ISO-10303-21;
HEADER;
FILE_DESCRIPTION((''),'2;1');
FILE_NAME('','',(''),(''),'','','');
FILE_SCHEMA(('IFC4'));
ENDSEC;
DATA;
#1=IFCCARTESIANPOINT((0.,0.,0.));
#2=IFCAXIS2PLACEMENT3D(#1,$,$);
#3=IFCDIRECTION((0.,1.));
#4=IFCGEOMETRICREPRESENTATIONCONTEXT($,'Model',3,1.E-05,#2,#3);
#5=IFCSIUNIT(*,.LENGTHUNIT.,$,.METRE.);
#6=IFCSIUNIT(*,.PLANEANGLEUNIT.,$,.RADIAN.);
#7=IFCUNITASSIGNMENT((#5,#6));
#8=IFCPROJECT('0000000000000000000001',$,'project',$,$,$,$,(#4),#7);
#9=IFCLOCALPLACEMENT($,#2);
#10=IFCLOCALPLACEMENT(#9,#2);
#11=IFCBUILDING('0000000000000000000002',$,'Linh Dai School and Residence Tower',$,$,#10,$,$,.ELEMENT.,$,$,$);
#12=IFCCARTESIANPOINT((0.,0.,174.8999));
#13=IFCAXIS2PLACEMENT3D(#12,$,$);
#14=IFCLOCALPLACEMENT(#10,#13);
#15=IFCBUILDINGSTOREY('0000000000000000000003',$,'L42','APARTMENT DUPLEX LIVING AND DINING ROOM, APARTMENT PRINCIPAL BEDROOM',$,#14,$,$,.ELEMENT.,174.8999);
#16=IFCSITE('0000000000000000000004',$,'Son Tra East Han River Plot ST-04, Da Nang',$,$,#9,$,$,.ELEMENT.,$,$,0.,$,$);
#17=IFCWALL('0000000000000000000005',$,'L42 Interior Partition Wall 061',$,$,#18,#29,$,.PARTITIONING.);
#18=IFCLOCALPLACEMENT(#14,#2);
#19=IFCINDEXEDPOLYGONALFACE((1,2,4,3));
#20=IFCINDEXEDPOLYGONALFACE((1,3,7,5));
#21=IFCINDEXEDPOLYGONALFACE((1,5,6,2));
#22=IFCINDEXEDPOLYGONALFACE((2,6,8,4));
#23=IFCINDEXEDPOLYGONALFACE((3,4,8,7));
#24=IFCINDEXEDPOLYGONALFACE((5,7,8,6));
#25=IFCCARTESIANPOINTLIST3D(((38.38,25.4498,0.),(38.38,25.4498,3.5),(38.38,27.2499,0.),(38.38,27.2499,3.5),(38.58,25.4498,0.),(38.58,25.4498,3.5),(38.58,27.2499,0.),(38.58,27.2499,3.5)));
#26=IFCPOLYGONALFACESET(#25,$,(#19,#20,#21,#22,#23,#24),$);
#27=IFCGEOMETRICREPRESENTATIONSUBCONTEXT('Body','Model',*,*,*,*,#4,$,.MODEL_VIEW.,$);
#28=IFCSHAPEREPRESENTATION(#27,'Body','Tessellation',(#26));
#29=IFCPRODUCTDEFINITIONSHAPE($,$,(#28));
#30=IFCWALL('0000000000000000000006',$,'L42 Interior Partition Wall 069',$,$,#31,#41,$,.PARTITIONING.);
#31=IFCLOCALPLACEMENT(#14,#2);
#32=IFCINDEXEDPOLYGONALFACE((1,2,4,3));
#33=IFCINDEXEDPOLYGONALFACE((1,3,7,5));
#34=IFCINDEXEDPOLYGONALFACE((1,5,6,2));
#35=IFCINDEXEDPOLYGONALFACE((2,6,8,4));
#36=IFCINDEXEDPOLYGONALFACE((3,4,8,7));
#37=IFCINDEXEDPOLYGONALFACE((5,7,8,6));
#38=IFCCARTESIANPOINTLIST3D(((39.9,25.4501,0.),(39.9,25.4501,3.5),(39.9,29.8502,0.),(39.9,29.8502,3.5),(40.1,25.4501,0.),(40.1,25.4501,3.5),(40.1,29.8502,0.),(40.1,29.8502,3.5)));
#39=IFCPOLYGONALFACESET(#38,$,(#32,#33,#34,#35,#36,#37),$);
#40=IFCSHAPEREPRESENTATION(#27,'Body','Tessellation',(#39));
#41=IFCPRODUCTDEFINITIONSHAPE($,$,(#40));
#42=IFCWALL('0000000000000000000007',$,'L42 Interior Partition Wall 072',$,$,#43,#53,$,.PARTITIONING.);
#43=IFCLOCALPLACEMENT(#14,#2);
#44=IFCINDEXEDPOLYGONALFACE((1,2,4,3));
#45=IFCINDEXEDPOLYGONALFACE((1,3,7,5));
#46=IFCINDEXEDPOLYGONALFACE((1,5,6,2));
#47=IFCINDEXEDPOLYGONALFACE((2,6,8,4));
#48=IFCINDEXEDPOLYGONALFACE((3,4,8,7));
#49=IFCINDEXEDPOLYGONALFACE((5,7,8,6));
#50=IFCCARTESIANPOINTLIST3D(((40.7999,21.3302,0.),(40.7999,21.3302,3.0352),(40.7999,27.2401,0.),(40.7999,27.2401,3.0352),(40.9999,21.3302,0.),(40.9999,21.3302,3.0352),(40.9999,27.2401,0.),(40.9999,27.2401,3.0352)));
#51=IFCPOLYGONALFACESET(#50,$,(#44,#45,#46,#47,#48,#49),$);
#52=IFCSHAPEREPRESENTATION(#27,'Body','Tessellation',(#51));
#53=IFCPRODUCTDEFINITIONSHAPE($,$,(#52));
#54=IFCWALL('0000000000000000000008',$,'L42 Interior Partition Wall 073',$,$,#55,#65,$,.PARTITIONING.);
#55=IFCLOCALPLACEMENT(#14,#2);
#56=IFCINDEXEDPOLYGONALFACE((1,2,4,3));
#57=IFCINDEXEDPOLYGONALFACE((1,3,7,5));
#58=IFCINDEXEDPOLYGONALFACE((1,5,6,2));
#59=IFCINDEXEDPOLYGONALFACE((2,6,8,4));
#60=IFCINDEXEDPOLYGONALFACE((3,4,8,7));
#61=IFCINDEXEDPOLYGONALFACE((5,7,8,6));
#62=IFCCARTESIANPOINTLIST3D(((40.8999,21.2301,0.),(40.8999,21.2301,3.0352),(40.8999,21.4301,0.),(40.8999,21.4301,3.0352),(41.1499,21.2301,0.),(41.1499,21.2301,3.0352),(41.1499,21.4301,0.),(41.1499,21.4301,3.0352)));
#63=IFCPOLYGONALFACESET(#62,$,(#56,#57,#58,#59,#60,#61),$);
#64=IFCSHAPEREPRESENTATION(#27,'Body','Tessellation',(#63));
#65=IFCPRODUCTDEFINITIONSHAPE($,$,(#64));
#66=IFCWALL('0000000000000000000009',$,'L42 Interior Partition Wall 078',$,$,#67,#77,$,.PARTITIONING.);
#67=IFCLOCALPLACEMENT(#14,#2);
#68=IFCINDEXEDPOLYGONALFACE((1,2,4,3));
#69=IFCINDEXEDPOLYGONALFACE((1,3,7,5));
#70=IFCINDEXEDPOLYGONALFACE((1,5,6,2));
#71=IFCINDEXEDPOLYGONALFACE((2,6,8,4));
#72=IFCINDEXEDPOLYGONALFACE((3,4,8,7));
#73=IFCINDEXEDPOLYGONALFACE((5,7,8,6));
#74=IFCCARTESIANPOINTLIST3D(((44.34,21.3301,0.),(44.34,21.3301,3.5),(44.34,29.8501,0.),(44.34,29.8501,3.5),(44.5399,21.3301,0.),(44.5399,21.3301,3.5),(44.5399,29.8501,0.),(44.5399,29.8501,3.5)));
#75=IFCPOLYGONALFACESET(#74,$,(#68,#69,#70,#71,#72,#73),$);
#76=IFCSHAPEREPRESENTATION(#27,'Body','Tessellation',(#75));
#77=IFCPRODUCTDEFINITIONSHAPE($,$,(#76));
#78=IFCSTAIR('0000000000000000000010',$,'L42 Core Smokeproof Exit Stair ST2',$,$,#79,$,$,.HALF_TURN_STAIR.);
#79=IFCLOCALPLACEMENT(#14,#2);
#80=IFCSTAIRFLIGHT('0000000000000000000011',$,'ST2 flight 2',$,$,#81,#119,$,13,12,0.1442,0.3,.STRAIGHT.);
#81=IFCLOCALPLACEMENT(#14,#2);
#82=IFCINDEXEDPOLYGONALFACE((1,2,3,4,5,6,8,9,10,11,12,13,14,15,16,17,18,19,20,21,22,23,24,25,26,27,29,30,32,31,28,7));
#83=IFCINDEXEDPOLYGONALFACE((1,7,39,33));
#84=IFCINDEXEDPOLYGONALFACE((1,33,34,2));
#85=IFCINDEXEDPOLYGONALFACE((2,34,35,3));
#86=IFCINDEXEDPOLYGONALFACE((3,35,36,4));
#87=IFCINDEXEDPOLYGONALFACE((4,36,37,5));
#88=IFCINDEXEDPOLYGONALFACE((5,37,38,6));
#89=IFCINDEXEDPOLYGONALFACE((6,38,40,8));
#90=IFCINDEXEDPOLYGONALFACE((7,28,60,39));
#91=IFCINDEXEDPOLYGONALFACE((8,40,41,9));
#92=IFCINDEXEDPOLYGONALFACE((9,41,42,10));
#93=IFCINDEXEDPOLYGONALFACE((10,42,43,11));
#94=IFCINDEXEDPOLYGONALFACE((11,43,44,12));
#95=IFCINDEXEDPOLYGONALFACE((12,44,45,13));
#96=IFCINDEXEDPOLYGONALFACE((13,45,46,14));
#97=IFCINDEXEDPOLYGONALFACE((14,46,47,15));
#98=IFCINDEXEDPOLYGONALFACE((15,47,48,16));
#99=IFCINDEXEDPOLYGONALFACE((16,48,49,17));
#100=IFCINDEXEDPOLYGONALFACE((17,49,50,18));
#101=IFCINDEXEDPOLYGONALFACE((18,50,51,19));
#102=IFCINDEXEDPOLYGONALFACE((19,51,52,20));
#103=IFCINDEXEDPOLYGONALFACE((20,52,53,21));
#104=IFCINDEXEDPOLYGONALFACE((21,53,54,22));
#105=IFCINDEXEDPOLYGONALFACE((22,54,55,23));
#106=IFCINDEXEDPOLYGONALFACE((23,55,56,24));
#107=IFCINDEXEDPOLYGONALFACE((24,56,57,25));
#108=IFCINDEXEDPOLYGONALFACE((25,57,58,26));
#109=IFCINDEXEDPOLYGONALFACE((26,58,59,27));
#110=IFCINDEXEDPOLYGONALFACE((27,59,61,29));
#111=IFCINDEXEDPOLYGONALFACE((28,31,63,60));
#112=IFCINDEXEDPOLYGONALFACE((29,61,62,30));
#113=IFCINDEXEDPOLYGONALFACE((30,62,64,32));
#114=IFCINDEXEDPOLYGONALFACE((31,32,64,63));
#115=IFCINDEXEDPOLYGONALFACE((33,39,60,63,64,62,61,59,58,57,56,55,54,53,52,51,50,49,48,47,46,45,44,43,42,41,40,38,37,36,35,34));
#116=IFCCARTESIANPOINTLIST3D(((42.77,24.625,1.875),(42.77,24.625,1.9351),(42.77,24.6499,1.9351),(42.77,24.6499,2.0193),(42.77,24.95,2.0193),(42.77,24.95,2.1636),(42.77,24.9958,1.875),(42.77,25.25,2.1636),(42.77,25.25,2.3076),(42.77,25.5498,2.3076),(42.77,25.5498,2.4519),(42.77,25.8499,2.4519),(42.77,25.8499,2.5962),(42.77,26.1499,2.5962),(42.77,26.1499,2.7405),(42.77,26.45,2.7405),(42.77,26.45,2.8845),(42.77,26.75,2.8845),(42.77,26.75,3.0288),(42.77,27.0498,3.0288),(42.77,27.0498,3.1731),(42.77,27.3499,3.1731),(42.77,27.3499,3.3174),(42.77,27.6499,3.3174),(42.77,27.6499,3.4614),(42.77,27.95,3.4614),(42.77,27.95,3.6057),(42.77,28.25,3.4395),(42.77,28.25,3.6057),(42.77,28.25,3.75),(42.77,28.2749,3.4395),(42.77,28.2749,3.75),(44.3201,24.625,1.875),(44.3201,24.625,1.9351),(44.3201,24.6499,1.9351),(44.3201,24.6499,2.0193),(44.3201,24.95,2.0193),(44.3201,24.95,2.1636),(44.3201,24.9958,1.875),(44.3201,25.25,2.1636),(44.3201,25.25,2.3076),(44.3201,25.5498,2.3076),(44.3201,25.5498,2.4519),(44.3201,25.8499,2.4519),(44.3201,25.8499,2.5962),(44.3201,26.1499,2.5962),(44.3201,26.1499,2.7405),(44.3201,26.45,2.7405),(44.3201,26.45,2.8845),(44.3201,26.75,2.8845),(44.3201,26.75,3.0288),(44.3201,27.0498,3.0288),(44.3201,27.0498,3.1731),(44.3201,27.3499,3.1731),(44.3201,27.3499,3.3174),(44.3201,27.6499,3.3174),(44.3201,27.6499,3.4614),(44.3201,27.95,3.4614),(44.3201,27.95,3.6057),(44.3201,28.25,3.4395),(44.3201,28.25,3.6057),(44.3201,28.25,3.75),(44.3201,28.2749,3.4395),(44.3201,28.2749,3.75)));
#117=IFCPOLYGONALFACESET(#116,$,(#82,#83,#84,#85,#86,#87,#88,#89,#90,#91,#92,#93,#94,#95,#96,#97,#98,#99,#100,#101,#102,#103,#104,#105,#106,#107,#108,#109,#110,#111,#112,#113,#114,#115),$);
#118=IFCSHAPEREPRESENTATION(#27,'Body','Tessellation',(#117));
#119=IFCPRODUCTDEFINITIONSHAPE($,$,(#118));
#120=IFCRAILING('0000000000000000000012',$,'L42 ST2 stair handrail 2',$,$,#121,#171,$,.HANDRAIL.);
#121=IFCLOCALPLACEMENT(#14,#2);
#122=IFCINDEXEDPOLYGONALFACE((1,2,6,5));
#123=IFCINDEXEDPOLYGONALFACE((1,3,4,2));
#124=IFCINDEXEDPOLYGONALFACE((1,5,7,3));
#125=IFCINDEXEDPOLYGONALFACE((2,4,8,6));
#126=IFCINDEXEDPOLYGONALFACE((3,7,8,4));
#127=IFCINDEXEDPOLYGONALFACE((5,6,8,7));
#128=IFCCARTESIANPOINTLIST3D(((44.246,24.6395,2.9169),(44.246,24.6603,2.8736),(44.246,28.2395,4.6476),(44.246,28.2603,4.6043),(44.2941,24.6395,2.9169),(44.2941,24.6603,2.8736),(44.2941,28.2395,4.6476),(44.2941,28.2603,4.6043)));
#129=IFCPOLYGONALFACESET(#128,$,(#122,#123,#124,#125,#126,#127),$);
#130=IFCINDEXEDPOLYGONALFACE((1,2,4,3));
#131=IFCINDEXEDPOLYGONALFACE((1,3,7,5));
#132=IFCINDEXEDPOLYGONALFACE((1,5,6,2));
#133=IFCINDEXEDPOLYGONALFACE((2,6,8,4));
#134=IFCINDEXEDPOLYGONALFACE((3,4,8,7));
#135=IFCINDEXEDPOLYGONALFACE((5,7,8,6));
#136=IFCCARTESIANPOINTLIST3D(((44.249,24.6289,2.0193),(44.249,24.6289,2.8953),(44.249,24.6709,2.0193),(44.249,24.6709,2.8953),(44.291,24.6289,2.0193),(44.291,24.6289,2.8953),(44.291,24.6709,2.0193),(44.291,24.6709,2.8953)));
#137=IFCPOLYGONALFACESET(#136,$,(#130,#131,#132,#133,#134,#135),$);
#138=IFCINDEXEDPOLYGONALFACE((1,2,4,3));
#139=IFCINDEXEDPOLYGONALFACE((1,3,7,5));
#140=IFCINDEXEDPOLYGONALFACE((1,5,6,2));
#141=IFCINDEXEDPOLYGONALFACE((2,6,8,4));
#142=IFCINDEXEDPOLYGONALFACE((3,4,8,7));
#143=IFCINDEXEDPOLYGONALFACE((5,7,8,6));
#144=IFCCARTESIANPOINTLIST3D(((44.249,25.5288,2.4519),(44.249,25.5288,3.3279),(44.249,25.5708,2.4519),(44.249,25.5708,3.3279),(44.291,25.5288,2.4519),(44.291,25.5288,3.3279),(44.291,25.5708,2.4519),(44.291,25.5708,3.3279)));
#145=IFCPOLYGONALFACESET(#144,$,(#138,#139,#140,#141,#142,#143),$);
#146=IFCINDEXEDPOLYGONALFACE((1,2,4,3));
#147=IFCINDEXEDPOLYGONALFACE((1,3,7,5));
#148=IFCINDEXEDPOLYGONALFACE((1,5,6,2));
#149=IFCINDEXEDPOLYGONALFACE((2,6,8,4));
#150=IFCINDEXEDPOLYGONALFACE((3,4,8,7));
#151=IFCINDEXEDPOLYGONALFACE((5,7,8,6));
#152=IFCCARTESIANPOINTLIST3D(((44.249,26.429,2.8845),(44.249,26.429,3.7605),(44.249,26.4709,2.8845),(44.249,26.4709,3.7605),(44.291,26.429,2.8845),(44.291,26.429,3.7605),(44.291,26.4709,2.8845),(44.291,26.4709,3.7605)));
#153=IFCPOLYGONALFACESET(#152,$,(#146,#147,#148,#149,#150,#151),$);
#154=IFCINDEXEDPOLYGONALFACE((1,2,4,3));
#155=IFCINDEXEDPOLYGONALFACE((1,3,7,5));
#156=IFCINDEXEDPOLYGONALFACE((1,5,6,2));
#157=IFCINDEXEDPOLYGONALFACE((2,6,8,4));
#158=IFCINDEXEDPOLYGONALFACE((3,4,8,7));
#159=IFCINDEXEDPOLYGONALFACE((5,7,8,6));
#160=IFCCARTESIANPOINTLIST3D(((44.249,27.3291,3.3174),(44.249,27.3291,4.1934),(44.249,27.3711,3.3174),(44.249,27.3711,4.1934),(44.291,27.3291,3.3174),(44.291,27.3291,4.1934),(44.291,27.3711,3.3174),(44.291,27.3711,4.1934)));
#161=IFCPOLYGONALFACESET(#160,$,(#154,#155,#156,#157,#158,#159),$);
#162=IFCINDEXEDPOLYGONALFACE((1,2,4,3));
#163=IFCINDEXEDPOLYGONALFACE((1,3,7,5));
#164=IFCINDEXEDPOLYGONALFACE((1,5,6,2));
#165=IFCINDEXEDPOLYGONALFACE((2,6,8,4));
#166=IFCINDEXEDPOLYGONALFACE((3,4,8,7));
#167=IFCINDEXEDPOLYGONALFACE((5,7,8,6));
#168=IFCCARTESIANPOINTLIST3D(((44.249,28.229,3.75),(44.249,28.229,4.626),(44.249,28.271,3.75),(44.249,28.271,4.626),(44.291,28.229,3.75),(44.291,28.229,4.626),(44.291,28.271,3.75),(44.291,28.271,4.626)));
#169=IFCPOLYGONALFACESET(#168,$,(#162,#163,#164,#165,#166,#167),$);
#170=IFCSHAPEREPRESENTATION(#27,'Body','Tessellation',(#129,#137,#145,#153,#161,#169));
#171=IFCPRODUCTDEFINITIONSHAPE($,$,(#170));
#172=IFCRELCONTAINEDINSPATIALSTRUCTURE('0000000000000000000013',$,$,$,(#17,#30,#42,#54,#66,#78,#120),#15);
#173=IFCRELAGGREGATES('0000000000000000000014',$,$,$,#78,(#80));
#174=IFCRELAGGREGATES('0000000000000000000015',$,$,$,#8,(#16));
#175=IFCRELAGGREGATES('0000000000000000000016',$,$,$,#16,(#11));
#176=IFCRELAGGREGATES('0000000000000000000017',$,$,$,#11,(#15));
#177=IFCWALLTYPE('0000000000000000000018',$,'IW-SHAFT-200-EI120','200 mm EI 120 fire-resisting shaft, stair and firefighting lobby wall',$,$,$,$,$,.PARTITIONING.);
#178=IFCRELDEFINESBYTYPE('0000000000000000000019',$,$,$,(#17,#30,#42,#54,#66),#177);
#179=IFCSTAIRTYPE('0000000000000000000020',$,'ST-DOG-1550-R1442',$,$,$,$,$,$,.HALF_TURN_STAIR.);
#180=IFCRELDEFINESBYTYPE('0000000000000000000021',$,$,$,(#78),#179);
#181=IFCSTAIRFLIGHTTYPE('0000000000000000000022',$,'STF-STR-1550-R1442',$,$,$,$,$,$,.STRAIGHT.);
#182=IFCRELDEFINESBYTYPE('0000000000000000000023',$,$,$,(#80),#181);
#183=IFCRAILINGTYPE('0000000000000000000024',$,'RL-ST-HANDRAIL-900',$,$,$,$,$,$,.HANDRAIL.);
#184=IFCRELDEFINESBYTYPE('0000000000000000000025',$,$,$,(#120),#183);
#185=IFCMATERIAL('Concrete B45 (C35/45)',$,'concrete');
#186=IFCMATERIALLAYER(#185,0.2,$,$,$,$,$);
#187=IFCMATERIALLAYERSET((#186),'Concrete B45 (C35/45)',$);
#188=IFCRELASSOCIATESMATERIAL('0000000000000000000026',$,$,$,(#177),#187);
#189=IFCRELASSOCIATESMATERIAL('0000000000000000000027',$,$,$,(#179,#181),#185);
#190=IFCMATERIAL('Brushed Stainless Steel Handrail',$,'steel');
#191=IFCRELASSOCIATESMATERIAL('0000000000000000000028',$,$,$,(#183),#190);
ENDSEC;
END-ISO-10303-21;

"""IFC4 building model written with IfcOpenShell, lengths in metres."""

from ifc_helpers import new_model, si_unit, direction, frame, frame_2d, origin, origin_2d, place, context, subcontext, project, spatial, polyline, rectangle, outline, extrude, source, transform, mapped, material, layer, layer_set, type_object, element, aggregate, save


model = new_model("IFC4")

# Units and contexts
model_context = context("Model", 3, precision=1e-05, world=origin(), true_north=direction((0.0, 1.0)))
body_context = subcontext(model_context, "Body", "Model", "MODEL_VIEW")
ifc_project = project(units=[si_unit("LENGTHUNIT", "METRE"), si_unit("PLANEANGLEUNIT", "RADIAN")], contexts=[model_context])

# Site, building, storey
site_placement = place(None, origin())
site = spatial("IfcSite", under=ifc_project, at=site_placement, Name="Son Tra East Han River Plot ST-04, Da Nang", CompositionType="ELEMENT", RefElevation=0.0)
building_placement = place(site_placement, origin())
building = spatial("IfcBuilding", under=site, at=building_placement, Name="Linh Dai School and Residence Tower", CompositionType="ELEMENT")
storey_placement = place(building_placement, frame((0.0, 0.0, 174.8999)))
storey = spatial("IfcBuildingStorey", under=building, at=storey_placement, Name="L42", Description="APARTMENT DUPLEX LIVING AND DINING ROOM, APARTMENT PRINCIPAL BEDROOM", CompositionType="ELEMENT", Elevation=174.8999)

# Walls
ifc_material_1 = material(Name="Concrete B45 (C35/45)", Category="concrete")
ifc_layer_1 = layer(ifc_material_1, 0.2)
ifc_layer_set_1 = layer_set([ifc_layer_1], Name="Concrete B45 (C35/45)")
wall_type_1 = type_object("IfcWallType", Name="IW-SHAFT-200-EI120", Description="200 mm EI 120 fire-resisting shaft, stair and firefighting lobby wall", PredefinedType="PARTITIONING", material=ifc_layer_set_1)
for number, where, z_axis, x_axis, name in (
    (1, (38.48, 25.45, 0.0), (0.0, 0.0, 1.0), (0.0, 1.0, 0.0), "L42 Interior Partition Wall 061"),
):
    element("IfcWall", number, at=place(storey_placement, frame(where, z_axis=z_axis, x_axis=x_axis)), inside=storey, type_object=wall_type_1, Name=name, PredefinedType="PARTITIONING", context=body_context, shape_type="SweptSolid", body=[
        extrude(rectangle(XDim=1.8, YDim=0.2, at=frame_2d((0.8999, 0.0))), origin(), (0.0, 0.0, 1.0), 3.5),
    ])
wall_1_placement = place(storey_placement, frame((40.0, 25.45, 0.0), z_axis=(0.0, 0.0, 1.0), x_axis=(0.0, 1.0, 0.0)))
element("IfcWall", 2, at=wall_1_placement, inside=storey, type_object=wall_type_1, Name="L42 Interior Partition Wall 069", PredefinedType="PARTITIONING", context=body_context, shape_type="SweptSolid", body=[
    extrude(rectangle(XDim=4.4001, YDim=0.2, at=frame_2d((2.2002, 0.0))), origin(), (0.0, 0.0, 1.0), 3.5),
])
wall_2_placement = place(storey_placement, frame((40.8999, 21.3301, 0.0), z_axis=(0.0, 0.0, 1.0), x_axis=(0.0, 1.0, 0.0)))
element("IfcWall", 3, at=wall_2_placement, inside=storey, type_object=wall_type_1, Name="L42 Interior Partition Wall 072", PredefinedType="PARTITIONING", context=body_context, shape_type="SweptSolid", body=[
    extrude(rectangle(XDim=5.9099, YDim=0.2, at=frame_2d((2.9551, 0.0))), origin(), (0.0, 0.0, 1.0), 3.0352),
])
wall_3_placement = place(storey_placement, frame((40.8999, 21.3301, 0.0), z_axis=(0.0, 0.0, 1.0), x_axis=(1.0, 0.0, 0.0)))
element("IfcWall", 4, at=wall_3_placement, inside=storey, type_object=wall_type_1, Name="L42 Interior Partition Wall 073", PredefinedType="PARTITIONING", context=body_context, shape_type="SweptSolid", body=[
    extrude(rectangle(XDim=0.25, YDim=0.2, at=frame_2d((0.125, 0.0))), origin(), (0.0, 0.0, 1.0), 3.0352),
])
wall_4_placement = place(storey_placement, frame((44.4399, 21.3301, 0.0), z_axis=(0.0, 0.0, 1.0), x_axis=(0.0, 1.0, 0.0)))
element("IfcWall", 5, at=wall_4_placement, inside=storey, type_object=wall_type_1, Name="L42 Interior Partition Wall 078", PredefinedType="PARTITIONING", context=body_context, shape_type="SweptSolid", body=[
    extrude(rectangle(XDim=8.52, YDim=0.2, at=frame_2d((4.26, 0.0))), origin(), (0.0, 0.0, 1.0), 3.5),
])

# Stair, stair flight
stair_type = type_object("IfcStairType", Name="ST-DOG-1550-R1442", PredefinedType="HALF_TURN_STAIR", material=ifc_material_1)
stair_placement = place(storey_placement, origin())
stair = element("IfcStair", 6, at=stair_placement, inside=storey, type_object=stair_type, Name="L42 Core Smokeproof Exit Stair ST2", PredefinedType="HALF_TURN_STAIR")
stair_flight_type = type_object("IfcStairFlightType", Name="STF-STR-1550-R1442", PredefinedType="STRAIGHT", material=ifc_material_1)
shared_shape_1 = source(origin(), body_context, "Body", "SweptSolid", [
    extrude(outline(polyline([(-0.0249, 0.0), (-0.0249, 0.0601), (0.0, 0.0601), (0.0, 0.1443), (0.3, 0.1443), (0.3, 0.2886), (0.6001, 0.2886), (0.6001, 0.4326), (0.8999, 0.4326), (0.8999, 0.5769), (1.2, 0.5769), (1.2, 0.7212), (1.5, 0.7212), (1.5, 0.8655), (1.8, 0.8655), (1.8, 1.0095), (2.1001, 1.0095), (2.1001, 1.1538), (2.3999, 1.1538), (2.3999, 1.2981), (2.7, 1.2981), (2.7, 1.4424), (3.0, 1.4424), (3.0, 1.5864), (3.3, 1.5864), (3.3, 1.7307), (3.6001, 1.7307), (3.6001, 1.875), (3.625, 1.875), (3.625, 1.5645), (3.6001, 1.5645), (0.3459, 0.0), (-0.0249, 0.0)])), frame((0.0, 0.7749, 0.0), z_axis=(0.0, -1.0, 0.0), x_axis=(1.0, 0.0, 0.0)), (0.0, 0.0, 1.0), 1.55),
])
stair_flight_placement = place(storey_placement, frame((43.5449, 24.6499, 1.875), z_axis=(0.0, 0.0, 1.0), x_axis=(0.0, 1.0, 0.0)))
stair_flight = element("IfcStairFlight", 7, at=stair_flight_placement, type_object=stair_flight_type, Name="ST2 flight 2", NumberOfRisers=13, NumberOfTreads=12, PredefinedType="STRAIGHT", RiserHeight=0.1442, TreadLength=0.3, context=body_context, shape_type="MappedRepresentation", body=[
    mapped(shared_shape_1, transform((0.0, 0.0, 0.0), x_axis=(1.0, 0.0, 0.0), y_axis=(0.0, 1.0, 0.0), z_axis=(0.0, 0.0, 1.0), scale=1.0)),
])
aggregate(stair, [stair_flight])

# Railing
ifc_material_2 = material(Name="Brushed Stainless Steel Handrail", Category="steel")
railing_type_1 = type_object("IfcRailingType", Name="RL-ST-HANDRAIL-900", PredefinedType="HANDRAIL", material=ifc_material_2)
shared_shape_2 = source(origin(), body_context, "Body", "SweptSolid", [
    extrude(rectangle(XDim=0.0481, YDim=0.0481, at=origin_2d()), frame((0.0, 0.0, 0.876), z_axis=(0.0, 0.901263, 0.433273), x_axis=(-1.0, 0.0, 0.0)), (0.0, 0.0, 1.0), 3.9944),
    extrude(rectangle(XDim=0.042, YDim=0.042, at=origin_2d()), origin(), (0.0, 0.0, 1.0), 0.876),
    extrude(rectangle(XDim=0.042, YDim=0.042, at=origin_2d()), frame((0.0, 0.8999, 0.4326)), (0.0, 0.0, 1.0), 0.876),
    extrude(rectangle(XDim=0.042, YDim=0.042, at=origin_2d()), frame((0.0, 1.8, 0.8652)), (0.0, 0.0, 1.0), 0.876),
    extrude(rectangle(XDim=0.042, YDim=0.042, at=origin_2d()), frame((0.0, 2.7002, 1.2981)), (0.0, 0.0, 1.0), 0.876),
    extrude(rectangle(XDim=0.042, YDim=0.042, at=origin_2d()), frame((0.0, 3.6001, 1.7307)), (0.0, 0.0, 1.0), 0.876),
])
railing_1_placement = place(storey_placement, frame((44.27, 24.6499, 2.0193)))
element("IfcRailing", 8, at=railing_1_placement, inside=storey, type_object=railing_type_1, Name="L42 ST2 stair handrail 2", PredefinedType="HANDRAIL", context=body_context, shape_type="MappedRepresentation", body=[
    mapped(shared_shape_2, transform((0.0, 0.0, 0.0), x_axis=(1.0, 0.0, 0.0), y_axis=(0.0, 1.0, 0.0), z_axis=(0.0, 0.0, 1.0), scale=1.0)),
])

save(model, "model.ifc")
